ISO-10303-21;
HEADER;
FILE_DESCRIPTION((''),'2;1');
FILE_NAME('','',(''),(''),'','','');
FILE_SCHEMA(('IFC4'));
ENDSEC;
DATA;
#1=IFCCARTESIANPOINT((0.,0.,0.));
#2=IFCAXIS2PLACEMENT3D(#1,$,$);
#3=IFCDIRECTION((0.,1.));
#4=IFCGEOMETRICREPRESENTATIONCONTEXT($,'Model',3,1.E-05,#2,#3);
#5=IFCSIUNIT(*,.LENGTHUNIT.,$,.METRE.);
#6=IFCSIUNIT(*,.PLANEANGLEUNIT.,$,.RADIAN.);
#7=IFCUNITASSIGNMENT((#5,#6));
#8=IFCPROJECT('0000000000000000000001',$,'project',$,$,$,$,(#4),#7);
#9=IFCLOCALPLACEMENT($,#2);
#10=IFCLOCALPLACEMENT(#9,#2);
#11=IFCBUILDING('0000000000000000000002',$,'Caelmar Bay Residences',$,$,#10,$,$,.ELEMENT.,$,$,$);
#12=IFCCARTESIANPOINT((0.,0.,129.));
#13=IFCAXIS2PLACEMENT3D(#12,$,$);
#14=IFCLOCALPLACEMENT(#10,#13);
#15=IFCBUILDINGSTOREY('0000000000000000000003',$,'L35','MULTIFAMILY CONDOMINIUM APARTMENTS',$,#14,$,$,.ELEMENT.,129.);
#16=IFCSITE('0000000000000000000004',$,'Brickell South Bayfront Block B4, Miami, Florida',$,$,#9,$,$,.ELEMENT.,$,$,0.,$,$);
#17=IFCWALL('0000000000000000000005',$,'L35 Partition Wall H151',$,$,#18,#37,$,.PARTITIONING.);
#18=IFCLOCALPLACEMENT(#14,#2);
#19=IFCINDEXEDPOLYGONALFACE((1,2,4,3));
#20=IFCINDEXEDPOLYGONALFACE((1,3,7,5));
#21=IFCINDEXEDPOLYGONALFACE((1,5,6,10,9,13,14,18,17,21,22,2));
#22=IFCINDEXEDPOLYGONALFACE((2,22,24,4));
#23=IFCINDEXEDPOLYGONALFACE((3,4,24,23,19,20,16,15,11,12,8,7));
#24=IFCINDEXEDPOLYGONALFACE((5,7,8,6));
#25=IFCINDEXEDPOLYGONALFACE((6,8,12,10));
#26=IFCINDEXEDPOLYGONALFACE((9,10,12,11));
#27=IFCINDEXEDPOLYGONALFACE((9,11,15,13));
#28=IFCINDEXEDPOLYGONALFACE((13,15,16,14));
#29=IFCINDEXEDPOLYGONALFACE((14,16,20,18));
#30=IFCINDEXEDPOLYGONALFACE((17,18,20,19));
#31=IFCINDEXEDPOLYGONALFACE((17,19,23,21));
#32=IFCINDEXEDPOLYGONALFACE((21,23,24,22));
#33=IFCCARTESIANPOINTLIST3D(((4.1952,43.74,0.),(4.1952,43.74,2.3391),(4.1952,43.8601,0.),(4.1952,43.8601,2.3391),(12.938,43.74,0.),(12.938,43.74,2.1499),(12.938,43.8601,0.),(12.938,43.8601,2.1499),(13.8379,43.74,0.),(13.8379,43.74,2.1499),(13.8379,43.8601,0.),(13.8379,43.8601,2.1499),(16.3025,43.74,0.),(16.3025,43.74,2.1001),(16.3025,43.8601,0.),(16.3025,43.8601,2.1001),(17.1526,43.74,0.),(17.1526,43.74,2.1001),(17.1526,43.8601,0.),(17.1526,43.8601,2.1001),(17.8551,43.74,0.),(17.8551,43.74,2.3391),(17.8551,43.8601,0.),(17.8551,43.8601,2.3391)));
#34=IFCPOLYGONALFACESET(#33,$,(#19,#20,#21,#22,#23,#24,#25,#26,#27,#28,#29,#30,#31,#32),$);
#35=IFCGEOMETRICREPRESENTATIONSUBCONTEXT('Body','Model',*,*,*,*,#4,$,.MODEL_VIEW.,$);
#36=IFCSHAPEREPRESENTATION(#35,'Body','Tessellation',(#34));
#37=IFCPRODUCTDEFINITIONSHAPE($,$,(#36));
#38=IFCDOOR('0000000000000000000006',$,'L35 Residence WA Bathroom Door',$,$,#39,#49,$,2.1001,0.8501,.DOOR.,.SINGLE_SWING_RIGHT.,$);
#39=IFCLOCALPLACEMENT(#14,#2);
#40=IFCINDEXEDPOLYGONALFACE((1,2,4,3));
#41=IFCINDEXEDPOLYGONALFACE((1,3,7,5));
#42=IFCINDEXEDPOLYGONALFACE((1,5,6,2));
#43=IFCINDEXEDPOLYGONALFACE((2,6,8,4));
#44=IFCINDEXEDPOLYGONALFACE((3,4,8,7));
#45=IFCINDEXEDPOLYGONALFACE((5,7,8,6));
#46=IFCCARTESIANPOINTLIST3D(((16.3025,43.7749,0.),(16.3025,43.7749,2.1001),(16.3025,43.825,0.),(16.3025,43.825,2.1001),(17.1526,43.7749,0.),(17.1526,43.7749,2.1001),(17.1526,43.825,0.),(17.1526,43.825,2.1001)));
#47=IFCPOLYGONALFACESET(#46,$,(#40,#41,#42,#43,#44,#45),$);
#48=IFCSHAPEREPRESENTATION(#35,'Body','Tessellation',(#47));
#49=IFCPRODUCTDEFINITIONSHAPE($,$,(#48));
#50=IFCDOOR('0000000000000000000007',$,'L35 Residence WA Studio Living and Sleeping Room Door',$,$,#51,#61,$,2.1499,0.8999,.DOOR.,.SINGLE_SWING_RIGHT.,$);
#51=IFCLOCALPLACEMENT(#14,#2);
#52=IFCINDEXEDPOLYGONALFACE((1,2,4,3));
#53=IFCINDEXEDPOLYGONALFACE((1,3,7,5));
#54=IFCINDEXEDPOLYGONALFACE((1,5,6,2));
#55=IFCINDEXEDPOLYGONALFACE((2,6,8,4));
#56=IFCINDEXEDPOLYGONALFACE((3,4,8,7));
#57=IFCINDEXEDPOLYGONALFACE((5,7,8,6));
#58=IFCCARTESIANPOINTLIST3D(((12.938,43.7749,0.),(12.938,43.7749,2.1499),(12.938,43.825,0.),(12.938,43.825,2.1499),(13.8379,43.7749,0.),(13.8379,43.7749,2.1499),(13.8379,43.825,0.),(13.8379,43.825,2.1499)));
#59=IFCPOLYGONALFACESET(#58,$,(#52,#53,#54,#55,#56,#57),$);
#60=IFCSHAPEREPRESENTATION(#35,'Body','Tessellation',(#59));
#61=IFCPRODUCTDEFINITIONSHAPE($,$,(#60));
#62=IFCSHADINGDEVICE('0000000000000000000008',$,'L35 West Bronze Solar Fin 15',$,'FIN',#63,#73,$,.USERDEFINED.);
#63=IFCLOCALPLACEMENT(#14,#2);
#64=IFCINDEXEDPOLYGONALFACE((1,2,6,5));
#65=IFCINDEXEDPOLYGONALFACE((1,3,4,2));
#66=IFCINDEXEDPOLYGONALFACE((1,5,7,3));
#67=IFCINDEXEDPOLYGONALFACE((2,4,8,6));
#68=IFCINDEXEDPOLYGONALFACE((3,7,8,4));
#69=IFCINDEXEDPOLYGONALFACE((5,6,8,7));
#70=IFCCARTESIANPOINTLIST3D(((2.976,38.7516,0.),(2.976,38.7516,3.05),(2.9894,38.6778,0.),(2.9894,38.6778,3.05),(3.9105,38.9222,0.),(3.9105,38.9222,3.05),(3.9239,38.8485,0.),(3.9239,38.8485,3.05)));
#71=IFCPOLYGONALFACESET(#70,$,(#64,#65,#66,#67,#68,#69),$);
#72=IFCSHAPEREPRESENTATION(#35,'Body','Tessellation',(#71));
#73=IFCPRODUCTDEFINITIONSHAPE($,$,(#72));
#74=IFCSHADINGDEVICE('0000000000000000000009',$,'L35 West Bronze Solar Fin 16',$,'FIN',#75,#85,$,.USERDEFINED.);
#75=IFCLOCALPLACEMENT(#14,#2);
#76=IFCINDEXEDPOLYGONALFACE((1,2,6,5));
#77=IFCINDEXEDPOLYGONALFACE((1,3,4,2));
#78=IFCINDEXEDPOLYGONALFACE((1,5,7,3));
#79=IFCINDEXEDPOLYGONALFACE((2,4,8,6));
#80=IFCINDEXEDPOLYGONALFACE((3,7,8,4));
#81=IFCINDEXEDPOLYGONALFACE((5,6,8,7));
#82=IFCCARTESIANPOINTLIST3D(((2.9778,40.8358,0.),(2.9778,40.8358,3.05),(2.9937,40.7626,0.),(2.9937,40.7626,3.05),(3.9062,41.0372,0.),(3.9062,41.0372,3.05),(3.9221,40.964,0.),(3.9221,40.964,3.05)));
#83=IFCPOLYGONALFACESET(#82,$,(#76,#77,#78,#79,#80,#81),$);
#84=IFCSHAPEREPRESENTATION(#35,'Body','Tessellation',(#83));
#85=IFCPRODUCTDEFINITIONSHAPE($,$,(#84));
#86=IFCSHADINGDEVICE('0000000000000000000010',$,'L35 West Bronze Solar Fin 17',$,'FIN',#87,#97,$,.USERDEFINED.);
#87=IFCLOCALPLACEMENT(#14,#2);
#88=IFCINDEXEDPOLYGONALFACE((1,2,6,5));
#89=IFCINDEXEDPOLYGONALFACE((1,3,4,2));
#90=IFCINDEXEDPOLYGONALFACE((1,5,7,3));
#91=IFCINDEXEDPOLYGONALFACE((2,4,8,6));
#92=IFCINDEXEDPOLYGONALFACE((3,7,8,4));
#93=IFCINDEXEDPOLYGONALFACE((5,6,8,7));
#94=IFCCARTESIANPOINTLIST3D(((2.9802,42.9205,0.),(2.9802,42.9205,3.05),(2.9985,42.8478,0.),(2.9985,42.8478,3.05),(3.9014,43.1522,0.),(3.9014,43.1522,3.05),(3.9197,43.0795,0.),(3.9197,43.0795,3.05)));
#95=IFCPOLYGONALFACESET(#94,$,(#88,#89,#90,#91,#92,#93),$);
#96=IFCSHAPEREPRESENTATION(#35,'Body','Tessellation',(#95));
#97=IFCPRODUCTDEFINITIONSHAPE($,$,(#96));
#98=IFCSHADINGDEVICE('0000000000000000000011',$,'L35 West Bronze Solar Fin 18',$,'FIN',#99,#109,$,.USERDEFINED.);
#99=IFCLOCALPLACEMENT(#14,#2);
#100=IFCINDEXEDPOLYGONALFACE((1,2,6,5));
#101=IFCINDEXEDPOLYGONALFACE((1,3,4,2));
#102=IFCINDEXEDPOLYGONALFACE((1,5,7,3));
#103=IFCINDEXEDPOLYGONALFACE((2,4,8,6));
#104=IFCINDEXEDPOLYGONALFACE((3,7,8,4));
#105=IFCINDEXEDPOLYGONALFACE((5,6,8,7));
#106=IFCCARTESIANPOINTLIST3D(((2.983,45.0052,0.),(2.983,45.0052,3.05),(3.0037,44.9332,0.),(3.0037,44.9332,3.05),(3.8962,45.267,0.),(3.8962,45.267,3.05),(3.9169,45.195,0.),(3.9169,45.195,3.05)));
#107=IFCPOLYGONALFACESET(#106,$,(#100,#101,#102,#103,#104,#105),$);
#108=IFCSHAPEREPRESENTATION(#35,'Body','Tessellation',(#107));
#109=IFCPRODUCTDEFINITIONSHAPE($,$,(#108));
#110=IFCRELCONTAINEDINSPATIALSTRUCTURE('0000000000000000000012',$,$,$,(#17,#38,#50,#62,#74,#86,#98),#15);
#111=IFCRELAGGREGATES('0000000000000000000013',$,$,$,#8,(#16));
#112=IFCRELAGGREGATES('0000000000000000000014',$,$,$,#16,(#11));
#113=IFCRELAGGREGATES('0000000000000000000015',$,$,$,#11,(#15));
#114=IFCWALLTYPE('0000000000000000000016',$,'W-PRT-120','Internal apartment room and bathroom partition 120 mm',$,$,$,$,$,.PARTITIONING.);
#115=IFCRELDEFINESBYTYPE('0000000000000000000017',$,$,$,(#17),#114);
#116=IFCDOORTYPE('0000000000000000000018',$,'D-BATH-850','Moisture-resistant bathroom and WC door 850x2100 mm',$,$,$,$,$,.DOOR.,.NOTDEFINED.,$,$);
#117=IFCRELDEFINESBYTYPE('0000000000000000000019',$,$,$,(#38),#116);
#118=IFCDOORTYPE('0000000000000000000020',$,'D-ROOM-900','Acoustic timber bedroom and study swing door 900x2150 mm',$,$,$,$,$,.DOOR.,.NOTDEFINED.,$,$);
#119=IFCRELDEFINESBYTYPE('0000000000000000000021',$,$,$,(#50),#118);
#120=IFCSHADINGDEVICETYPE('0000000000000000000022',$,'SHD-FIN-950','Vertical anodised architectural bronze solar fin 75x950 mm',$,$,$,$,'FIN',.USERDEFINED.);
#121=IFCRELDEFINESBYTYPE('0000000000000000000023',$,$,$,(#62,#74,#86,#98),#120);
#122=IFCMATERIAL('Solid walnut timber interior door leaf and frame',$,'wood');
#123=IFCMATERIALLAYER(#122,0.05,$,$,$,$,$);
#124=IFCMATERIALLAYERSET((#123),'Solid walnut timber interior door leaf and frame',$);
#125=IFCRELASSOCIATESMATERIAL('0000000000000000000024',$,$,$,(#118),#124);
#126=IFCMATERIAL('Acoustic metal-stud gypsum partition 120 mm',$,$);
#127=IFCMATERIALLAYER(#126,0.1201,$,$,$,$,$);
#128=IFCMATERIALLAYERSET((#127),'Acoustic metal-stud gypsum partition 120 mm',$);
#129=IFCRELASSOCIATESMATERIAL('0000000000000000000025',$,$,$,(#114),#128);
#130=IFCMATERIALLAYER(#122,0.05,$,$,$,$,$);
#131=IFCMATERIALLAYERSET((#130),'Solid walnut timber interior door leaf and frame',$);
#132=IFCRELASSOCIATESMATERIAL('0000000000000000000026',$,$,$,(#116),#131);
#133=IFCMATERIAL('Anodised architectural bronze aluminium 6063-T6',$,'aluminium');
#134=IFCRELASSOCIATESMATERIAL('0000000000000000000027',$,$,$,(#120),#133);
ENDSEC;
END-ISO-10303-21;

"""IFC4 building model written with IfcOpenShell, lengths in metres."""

from ifc_helpers import new_model, si_unit, direction, frame, frame_2d, origin, origin_2d, place, context, subcontext, project, spatial, rectangle, extrude, material, layer, layer_set, material_profile, profile_set, type_object, element, fill, save


model = new_model("IFC4")

# Units and contexts
model_context = context("Model", 3, precision=1e-05, world=origin(), true_north=direction((0.0, 1.0)))
body_context = subcontext(model_context, "Body", "Model", "MODEL_VIEW")
ifc_project = project(units=[si_unit("LENGTHUNIT", "METRE"), si_unit("PLANEANGLEUNIT", "RADIAN")], contexts=[model_context])

# Site, building, storey
site_placement = place(None, origin())
site = spatial("IfcSite", under=ifc_project, at=site_placement, Name="Brickell South Bayfront Block B4, Miami, Florida", CompositionType="ELEMENT", RefElevation=0.0)
building_placement = place(site_placement, origin())
building = spatial("IfcBuilding", under=site, at=building_placement, Name="Caelmar Bay Residences", CompositionType="ELEMENT")
storey_placement = place(building_placement, frame((0.0, 0.0, 129.0)))
storey = spatial("IfcBuildingStorey", under=building, at=storey_placement, Name="L35", Description="MULTIFAMILY CONDOMINIUM APARTMENTS", CompositionType="ELEMENT", Elevation=129.0)

# Shared definitions
ifc_material_1 = material(Name="Solid walnut timber interior door leaf and frame", Category="wood")
ifc_layer_1 = layer(ifc_material_1, 0.05)
ifc_layer_set_1 = layer_set([ifc_layer_1], Name="Solid walnut timber interior door leaf and frame")
door_type_1 = type_object("IfcDoorType", Name="D-ROOM-900", Description="Acoustic timber bedroom and study swing door 900x2150 mm", OperationType="NOTDEFINED", PredefinedType="DOOR", material=ifc_layer_set_1)
ifc_material_2 = material(Name="Acoustic metal-stud gypsum partition 120 mm")
ifc_layer_2 = layer(ifc_material_2, 0.1201)
ifc_layer_set_2 = layer_set([ifc_layer_2], Name="Acoustic metal-stud gypsum partition 120 mm")
wall_type_1 = type_object("IfcWallType", Name="W-PRT-120", Description="Internal apartment room and bathroom partition 120 mm", PredefinedType="PARTITIONING", material=ifc_layer_set_2)

# Wall, openings, doors
wall_1_placement = place(storey_placement, frame((4.1951, 43.8, 0.0), z_axis=(0.0, 0.0, 1.0), x_axis=(1.0, 0.0, 0.0)))
wall_1 = element("IfcWall", 1, at=wall_1_placement, inside=storey, type_object=wall_type_1, Name="L35 Partition Wall H151", PredefinedType="PARTITIONING", context=body_context, shape_type="SweptSolid", body=[
    extrude(rectangle(XDim=13.6599, YDim=0.1201, at=frame_2d((6.8301, 0.0))), origin(), (0.0, 0.0, 1.0), 2.3391),
])
opening_1_placement = place(wall_1_placement, frame((8.7429, 0.0, 0.0)))
opening_1 = element("IfcOpeningElement", 2, at=opening_1_placement, cuts=wall_1, PredefinedType="OPENING", context=body_context, shape_type="SweptSolid", body=[
    extrude(rectangle(XDim=0.8999, YDim=2.1499, at=frame_2d((0.45, 1.075))), frame((0.0, 0.0701, 0.0), z_axis=(0.0, -1.0, 0.0), x_axis=(1.0, 0.0, 0.0)), (0.0, 0.0, 1.0), 0.1401),
])
opening_2_placement = place(wall_1_placement, frame((12.1074, 0.0, 0.0)))
opening_2 = element("IfcOpeningElement", 3, at=opening_2_placement, cuts=wall_1, PredefinedType="OPENING", context=body_context, shape_type="SweptSolid", body=[
    extrude(rectangle(XDim=0.8501, YDim=2.1001, at=frame_2d((0.425, 1.05))), frame((0.0, 0.0701, 0.0), z_axis=(0.0, -1.0, 0.0), x_axis=(1.0, 0.0, 0.0)), (0.0, 0.0, 1.0), 0.1401),
])
ifc_layer_3 = layer(ifc_material_1, 0.05)
ifc_layer_set_3 = layer_set([ifc_layer_3], Name="Solid walnut timber interior door leaf and frame")
door_type_2 = type_object("IfcDoorType", Name="D-BATH-850", Description="Moisture-resistant bathroom and WC door 850x2100 mm", OperationType="NOTDEFINED", PredefinedType="DOOR", material=ifc_layer_set_3)
door_1_placement = place(opening_2_placement, origin())
door_1 = element("IfcDoor", 4, at=door_1_placement, inside=storey, type_object=door_type_2, Name="L35 Residence WA Bathroom Door", OperationType="SINGLE_SWING_RIGHT", OverallHeight=2.1001, OverallWidth=0.8501, PredefinedType="DOOR", context=body_context, shape_type="SweptSolid", body=[
    extrude(rectangle(XDim=0.8501, YDim=2.1001, at=frame_2d((0.425, 1.05))), frame((0.0, 0.0249, 0.0), z_axis=(0.0, -1.0, 0.0), x_axis=(1.0, 0.0, 0.0)), (0.0, 0.0, 1.0), 0.05),
])
fill(opening_2, door_1)
door_2_placement = place(opening_1_placement, origin())
door_2 = element("IfcDoor", 5, at=door_2_placement, inside=storey, type_object=door_type_1, Name="L35 Residence WA Studio Living and Sleeping Room Door", OperationType="SINGLE_SWING_RIGHT", OverallHeight=2.1499, OverallWidth=0.8999, PredefinedType="DOOR", context=body_context, shape_type="SweptSolid", body=[
    extrude(rectangle(XDim=0.8999, YDim=2.1499, at=frame_2d((0.45, 1.075))), frame((0.0, 0.0249, 0.0), z_axis=(0.0, -1.0, 0.0), x_axis=(1.0, 0.0, 0.0)), (0.0, 0.0, 1.0), 0.05),
])
fill(opening_1, door_2)

# Shading devices
ifc_material_3 = material(Name="Anodised architectural bronze aluminium 6063-T6", Category="aluminium")
ifc_material_profile_1 = material_profile(ifc_material_3, rectangle(XDim=0.075, YDim=0.95, at=origin_2d()), Name="BRONZE-FIN-75X950")
ifc_profile_set_1 = profile_set([ifc_material_profile_1], Name="Anodised architectural bronze aluminium 6063-T6")
shading_device_type = type_object("IfcShadingDeviceType", Name="SHD-FIN-950", Description="Vertical anodised architectural bronze solar fin 75x950 mm", ElementType="FIN", PredefinedType="USERDEFINED", material=ifc_profile_set_1)
for number, where, z_axis, x_axis, name in (
    (6, (3.45, 38.8, 0.0), (0.0, 0.0, 1.0), (-0.179661, 0.983729, 0.0), "L35 West Bronze Solar Fin 15"),
    (7, (3.45, 40.8999, 0.0), (0.0, 0.0, 1.0), (-0.212007, 0.977268, 0.0), "L35 West Bronze Solar Fin 16"),
    (8, (3.45, 43.0, 0.0), (0.0, 0.0, 1.0), (-0.243954, 0.969787, 0.0), "L35 West Bronze Solar Fin 17"),
    (9, (3.45, 45.1001, 0.0), (0.0, 0.0, 1.0), (-0.275637, 0.961262, 0.0), "L35 West Bronze Solar Fin 18"),
):
    element("IfcShadingDevice", number, at=place(storey_placement, frame(where, z_axis=z_axis, x_axis=x_axis)), inside=storey, type_object=shading_device_type, Name=name, ObjectType="FIN", PredefinedType="USERDEFINED", context=body_context, shape_type="SweptSolid", body=[
        extrude(rectangle(XDim=0.075, YDim=0.95, at=origin_2d()), origin(), (0.0, 0.0, 1.0), 3.05),
    ])

save(model, "model.ifc")
